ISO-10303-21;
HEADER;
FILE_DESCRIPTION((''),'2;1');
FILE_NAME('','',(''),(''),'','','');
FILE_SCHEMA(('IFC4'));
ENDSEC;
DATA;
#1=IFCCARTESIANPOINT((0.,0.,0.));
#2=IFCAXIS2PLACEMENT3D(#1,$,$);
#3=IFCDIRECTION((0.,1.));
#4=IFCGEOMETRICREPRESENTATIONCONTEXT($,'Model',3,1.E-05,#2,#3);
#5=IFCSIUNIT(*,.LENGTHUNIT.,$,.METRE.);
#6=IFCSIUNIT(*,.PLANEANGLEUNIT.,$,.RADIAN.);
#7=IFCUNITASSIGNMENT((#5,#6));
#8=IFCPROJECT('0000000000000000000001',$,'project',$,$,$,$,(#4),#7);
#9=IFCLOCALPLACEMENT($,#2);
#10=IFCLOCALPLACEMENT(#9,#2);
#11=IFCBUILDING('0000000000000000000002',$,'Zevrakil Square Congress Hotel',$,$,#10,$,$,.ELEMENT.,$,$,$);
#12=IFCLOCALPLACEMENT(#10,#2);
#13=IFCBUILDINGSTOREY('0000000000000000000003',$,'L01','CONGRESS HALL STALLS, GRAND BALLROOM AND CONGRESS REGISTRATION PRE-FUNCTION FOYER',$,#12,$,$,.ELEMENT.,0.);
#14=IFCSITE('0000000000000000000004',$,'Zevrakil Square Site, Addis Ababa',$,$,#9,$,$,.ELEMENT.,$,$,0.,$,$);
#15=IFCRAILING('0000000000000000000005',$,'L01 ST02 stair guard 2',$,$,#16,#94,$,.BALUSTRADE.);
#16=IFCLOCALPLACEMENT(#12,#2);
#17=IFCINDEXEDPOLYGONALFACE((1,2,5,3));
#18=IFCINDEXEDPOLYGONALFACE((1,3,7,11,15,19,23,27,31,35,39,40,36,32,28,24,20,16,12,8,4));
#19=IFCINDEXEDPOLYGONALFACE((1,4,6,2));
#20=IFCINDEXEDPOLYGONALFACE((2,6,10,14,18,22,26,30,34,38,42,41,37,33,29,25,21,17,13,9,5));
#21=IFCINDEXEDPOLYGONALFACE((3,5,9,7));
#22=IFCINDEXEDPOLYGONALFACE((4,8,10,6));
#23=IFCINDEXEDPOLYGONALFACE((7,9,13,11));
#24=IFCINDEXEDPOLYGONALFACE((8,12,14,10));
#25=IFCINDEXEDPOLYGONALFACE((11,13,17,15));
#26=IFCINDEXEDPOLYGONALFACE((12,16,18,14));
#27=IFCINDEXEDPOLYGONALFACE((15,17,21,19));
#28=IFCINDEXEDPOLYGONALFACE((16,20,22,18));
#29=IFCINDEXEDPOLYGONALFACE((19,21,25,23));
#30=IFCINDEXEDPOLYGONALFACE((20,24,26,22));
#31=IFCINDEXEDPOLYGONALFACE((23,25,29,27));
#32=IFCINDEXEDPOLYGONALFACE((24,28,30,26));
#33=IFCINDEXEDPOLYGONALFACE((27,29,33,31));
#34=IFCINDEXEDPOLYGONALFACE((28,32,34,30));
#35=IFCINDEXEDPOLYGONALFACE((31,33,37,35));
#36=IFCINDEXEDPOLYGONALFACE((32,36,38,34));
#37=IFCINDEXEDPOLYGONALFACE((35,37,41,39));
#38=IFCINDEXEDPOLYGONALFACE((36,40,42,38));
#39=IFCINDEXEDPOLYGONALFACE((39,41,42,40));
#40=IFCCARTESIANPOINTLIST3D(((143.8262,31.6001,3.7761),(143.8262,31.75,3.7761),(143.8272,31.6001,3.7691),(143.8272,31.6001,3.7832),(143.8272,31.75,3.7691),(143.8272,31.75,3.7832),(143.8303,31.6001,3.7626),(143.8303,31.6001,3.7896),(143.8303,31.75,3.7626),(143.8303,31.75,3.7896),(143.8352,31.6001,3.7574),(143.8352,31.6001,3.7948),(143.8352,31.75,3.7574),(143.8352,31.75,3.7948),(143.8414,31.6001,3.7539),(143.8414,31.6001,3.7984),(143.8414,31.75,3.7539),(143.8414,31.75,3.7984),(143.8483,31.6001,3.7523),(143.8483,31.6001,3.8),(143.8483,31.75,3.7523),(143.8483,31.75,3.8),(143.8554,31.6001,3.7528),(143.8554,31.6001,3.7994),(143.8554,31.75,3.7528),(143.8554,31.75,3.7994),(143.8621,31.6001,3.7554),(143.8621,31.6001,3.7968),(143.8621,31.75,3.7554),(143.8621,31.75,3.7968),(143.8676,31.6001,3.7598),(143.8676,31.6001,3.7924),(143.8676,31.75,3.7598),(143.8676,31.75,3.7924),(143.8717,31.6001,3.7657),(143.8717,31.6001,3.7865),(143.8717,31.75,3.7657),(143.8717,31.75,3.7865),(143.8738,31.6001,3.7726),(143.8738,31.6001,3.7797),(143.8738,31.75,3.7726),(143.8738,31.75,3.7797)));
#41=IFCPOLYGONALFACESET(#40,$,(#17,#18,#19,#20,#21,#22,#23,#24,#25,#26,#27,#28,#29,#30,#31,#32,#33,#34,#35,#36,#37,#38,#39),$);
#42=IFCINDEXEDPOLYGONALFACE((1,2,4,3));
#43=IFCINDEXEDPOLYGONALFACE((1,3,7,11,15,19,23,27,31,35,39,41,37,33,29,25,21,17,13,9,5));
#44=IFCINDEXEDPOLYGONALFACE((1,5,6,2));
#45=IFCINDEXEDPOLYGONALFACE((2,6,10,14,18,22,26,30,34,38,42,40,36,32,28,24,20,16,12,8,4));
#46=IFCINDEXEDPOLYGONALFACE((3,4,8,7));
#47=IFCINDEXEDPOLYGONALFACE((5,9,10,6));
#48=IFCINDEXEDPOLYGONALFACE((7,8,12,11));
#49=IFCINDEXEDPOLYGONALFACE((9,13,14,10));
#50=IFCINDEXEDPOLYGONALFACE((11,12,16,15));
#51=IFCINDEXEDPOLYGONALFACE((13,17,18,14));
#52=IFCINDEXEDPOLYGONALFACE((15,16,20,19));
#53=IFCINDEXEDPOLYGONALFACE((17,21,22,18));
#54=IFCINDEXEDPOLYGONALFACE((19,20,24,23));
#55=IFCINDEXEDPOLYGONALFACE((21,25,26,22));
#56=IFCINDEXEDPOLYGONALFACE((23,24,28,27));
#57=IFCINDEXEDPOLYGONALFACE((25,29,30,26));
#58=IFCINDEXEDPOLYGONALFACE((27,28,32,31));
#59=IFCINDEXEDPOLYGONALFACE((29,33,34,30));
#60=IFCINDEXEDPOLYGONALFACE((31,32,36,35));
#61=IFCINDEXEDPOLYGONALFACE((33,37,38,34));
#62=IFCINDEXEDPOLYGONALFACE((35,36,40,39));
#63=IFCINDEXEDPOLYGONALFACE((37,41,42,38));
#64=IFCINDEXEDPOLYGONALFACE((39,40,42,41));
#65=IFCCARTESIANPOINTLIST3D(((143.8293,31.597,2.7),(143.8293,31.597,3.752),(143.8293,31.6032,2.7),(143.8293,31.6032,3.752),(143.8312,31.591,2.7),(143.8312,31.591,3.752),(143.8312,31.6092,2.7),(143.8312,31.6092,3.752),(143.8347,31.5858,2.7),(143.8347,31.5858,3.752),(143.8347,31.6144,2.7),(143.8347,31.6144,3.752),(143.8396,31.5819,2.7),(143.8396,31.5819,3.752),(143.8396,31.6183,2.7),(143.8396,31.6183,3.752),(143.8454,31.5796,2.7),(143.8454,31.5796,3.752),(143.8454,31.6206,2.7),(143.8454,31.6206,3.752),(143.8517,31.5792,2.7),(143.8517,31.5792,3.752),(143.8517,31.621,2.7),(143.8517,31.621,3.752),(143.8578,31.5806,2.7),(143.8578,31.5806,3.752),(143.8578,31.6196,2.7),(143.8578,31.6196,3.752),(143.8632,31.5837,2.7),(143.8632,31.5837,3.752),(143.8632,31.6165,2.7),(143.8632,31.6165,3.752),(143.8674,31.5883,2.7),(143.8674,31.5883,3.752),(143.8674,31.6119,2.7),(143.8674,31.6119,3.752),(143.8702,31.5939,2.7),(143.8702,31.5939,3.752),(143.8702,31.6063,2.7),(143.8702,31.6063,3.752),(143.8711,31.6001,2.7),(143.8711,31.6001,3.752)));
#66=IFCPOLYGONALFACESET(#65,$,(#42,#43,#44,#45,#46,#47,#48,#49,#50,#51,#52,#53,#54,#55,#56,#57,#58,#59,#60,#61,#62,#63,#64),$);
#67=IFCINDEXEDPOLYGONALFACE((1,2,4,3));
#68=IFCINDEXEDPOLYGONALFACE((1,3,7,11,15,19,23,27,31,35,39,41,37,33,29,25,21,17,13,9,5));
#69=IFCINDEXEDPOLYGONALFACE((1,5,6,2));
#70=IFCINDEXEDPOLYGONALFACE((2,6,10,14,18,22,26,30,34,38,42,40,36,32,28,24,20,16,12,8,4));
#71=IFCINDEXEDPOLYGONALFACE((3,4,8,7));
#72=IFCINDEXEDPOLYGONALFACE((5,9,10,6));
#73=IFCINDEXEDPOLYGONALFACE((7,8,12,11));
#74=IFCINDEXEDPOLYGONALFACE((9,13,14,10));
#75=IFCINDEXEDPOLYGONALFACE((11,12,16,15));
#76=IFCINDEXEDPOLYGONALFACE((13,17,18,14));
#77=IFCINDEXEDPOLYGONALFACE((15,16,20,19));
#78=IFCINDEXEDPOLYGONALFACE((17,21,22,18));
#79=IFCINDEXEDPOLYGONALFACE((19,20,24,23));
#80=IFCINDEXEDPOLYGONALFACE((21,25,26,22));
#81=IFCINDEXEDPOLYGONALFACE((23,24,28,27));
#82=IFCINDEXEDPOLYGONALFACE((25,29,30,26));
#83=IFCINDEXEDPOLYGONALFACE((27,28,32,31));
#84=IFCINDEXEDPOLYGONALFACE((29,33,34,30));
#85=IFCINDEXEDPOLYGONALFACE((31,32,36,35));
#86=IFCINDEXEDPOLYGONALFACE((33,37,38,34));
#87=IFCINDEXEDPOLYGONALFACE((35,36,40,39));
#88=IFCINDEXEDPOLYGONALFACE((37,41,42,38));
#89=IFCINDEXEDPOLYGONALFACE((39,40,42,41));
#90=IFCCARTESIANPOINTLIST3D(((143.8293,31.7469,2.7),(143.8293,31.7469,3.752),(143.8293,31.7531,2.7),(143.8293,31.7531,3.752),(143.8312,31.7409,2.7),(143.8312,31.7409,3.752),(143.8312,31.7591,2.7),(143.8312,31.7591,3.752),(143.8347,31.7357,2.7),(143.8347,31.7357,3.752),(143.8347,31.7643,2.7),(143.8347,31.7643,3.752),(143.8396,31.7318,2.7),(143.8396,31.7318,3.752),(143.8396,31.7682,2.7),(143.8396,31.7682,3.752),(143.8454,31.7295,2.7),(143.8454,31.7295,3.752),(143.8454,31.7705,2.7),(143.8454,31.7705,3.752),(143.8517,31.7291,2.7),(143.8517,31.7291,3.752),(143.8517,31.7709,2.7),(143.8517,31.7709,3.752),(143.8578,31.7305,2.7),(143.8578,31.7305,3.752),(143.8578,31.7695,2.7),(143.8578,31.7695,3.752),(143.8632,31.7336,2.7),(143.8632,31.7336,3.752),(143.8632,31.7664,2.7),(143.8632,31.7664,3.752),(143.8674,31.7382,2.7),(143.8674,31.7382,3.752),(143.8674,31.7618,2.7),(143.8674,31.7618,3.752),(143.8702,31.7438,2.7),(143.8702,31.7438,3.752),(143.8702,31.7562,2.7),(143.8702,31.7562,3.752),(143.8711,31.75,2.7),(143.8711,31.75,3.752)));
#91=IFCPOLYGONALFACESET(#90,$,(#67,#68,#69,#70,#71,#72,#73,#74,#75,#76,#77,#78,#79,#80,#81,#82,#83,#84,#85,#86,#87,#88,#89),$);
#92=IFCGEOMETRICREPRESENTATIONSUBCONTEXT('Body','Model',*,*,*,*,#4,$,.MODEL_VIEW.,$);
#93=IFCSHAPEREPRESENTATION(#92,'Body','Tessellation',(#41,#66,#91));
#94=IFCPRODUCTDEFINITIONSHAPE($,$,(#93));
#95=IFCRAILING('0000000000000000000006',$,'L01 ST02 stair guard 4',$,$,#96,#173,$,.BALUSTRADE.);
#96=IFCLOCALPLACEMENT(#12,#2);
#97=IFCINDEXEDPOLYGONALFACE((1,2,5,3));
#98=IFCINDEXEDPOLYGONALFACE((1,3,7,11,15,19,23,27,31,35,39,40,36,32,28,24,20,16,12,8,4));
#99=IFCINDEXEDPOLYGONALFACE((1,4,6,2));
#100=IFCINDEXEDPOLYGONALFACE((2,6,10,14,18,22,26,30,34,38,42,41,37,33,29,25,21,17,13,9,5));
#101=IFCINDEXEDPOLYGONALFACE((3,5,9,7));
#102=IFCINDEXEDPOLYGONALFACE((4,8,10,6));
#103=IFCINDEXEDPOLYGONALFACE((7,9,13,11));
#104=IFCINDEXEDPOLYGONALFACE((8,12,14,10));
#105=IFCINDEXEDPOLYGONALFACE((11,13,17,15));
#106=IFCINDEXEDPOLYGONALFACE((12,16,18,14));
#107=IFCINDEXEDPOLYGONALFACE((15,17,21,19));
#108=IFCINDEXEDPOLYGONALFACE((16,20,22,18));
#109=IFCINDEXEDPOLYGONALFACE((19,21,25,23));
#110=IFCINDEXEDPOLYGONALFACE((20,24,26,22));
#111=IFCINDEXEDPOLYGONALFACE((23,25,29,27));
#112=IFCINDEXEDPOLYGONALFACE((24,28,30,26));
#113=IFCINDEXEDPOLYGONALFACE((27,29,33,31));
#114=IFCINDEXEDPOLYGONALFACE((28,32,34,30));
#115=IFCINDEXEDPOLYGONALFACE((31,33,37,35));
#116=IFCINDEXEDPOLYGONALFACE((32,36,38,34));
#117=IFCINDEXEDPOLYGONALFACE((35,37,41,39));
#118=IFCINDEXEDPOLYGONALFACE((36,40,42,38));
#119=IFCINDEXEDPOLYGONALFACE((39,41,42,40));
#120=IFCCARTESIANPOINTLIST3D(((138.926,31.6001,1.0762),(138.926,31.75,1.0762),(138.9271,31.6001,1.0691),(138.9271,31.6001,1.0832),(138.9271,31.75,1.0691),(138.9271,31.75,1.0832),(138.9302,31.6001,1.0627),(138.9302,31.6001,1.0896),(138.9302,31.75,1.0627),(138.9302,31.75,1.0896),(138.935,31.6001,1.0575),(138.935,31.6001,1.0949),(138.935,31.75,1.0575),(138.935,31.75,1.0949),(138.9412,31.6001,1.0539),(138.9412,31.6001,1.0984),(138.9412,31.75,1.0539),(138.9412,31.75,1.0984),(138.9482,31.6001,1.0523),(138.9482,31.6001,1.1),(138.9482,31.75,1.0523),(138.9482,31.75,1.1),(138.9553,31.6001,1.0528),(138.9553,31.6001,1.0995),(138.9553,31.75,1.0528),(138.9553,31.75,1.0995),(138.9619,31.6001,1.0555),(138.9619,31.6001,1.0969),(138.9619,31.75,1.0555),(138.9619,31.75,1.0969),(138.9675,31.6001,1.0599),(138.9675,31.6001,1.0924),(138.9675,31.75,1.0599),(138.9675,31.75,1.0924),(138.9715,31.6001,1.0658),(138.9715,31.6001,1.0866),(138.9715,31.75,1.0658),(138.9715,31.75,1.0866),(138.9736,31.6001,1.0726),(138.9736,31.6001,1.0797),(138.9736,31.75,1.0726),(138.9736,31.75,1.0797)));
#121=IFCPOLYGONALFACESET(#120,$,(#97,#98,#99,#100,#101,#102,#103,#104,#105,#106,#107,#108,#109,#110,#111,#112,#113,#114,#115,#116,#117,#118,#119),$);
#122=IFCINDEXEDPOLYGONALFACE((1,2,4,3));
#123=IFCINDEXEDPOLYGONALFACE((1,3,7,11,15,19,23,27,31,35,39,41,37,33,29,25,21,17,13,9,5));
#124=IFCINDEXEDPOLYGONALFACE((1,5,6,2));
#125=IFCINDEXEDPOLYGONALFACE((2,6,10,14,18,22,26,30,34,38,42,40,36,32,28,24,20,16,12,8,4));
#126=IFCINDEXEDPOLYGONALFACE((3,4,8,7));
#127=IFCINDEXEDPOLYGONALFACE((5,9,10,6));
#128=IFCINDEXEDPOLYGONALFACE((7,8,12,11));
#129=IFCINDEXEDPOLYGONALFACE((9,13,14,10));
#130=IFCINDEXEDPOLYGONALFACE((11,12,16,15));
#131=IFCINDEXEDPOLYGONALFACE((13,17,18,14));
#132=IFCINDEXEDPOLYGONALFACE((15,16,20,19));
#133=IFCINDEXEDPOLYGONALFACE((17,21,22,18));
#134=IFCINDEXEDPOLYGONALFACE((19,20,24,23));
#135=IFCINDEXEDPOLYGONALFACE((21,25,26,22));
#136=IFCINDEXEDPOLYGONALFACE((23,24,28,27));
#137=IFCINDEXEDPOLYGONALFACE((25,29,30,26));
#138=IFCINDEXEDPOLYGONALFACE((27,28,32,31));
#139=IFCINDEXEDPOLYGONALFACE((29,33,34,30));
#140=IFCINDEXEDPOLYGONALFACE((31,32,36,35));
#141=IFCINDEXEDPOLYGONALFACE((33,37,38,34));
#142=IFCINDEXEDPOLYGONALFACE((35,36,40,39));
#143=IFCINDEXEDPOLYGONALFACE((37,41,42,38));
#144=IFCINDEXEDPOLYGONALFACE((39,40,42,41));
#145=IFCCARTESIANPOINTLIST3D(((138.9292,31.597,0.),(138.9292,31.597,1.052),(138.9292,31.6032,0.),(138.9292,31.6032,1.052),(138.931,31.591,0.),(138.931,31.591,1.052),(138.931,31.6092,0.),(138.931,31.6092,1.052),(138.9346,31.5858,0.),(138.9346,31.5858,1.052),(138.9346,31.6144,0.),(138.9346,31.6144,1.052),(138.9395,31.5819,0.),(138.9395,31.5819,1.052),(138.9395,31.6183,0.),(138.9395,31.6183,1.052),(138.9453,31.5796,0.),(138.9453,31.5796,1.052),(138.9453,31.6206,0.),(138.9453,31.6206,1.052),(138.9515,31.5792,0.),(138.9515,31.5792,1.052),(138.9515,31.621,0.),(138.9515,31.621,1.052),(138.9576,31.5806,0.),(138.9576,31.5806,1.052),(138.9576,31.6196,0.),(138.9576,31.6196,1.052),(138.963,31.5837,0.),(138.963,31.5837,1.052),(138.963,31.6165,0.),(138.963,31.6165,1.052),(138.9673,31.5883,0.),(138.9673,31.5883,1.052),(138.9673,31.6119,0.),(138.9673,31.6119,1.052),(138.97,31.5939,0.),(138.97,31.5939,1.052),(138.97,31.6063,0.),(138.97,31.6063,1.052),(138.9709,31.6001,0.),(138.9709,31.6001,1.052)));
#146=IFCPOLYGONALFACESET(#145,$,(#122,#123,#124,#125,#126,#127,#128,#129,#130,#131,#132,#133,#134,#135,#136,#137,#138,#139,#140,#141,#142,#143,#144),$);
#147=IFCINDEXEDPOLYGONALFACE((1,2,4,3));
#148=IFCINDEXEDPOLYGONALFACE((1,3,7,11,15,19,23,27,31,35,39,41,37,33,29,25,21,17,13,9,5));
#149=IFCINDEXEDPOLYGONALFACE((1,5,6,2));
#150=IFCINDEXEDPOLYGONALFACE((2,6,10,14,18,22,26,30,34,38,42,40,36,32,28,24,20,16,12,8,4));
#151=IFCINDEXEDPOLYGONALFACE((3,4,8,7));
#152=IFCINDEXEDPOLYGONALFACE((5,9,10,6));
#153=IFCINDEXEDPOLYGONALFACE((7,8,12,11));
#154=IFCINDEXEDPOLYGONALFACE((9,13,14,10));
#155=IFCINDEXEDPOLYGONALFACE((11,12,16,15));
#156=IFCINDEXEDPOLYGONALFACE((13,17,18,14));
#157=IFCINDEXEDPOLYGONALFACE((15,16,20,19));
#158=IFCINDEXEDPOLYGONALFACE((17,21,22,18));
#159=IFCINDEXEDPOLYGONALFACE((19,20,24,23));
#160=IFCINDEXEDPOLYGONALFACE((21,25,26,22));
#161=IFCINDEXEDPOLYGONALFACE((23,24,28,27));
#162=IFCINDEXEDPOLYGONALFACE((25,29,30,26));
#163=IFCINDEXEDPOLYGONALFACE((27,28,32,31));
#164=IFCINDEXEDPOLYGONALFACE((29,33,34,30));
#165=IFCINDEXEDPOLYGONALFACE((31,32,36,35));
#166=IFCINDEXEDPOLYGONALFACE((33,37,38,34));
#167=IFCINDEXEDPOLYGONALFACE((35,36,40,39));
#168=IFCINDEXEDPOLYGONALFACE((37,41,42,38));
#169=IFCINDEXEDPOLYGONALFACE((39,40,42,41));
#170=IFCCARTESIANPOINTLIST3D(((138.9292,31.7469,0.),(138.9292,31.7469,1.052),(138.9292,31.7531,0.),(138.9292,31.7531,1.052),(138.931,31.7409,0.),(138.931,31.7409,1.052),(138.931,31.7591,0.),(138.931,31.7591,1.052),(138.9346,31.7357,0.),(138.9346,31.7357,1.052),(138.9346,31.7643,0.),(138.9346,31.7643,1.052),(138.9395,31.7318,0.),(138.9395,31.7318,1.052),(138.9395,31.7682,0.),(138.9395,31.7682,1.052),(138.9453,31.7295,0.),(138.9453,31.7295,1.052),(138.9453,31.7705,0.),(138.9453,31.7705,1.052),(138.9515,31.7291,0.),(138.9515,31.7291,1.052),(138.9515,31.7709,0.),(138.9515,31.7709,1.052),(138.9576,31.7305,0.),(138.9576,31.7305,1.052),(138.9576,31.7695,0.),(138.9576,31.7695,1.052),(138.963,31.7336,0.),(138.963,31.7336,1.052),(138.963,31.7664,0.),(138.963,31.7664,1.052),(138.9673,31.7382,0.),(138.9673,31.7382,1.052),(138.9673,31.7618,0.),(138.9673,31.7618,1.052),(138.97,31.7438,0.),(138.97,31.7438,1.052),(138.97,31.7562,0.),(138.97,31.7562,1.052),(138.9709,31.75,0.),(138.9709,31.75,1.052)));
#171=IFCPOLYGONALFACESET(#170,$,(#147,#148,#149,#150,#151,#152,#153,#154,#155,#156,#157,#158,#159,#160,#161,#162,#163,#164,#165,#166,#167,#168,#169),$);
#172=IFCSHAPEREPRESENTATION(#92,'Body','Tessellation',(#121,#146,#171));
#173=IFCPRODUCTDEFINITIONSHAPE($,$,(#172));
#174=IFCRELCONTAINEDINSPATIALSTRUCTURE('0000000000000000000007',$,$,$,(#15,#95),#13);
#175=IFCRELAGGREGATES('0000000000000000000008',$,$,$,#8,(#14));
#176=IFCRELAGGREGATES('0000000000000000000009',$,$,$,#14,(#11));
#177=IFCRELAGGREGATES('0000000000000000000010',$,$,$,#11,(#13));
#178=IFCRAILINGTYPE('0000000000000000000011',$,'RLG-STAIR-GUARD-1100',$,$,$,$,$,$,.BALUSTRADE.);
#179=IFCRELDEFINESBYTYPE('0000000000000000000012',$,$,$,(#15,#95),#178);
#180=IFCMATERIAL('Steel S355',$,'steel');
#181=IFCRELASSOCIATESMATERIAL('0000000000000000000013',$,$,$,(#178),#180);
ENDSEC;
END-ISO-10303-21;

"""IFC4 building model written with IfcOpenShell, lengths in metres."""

from ifc_helpers import new_model, si_unit, direction, frame, origin, origin_2d, place, context, subcontext, project, spatial, circle, extrude, material, type_object, element, save


model = new_model("IFC4")

# Units and contexts
model_context = context("Model", 3, precision=1e-05, world=origin(), true_north=direction((0.0, 1.0)))
body_context = subcontext(model_context, "Body", "Model", "MODEL_VIEW")
ifc_project = project(units=[si_unit("LENGTHUNIT", "METRE"), si_unit("PLANEANGLEUNIT", "RADIAN")], contexts=[model_context])

# Site, building, storey
site_placement = place(None, origin())
site = spatial("IfcSite", under=ifc_project, at=site_placement, Name="Zevrakil Square Site, Addis Ababa", CompositionType="ELEMENT", RefElevation=0.0)
building_placement = place(site_placement, origin())
building = spatial("IfcBuilding", under=site, at=building_placement, Name="Zevrakil Square Congress Hotel", CompositionType="ELEMENT")
storey_placement = place(building_placement, origin())
storey = spatial("IfcBuildingStorey", under=building, at=storey_placement, Name="L01", Description="CONGRESS HALL STALLS, GRAND BALLROOM AND CONGRESS REGISTRATION PRE-FUNCTION FOYER", CompositionType="ELEMENT", Elevation=0.0)

# Railings
ifc_material_1 = material(Name="Steel S355", Category="steel")
railing_type_1 = type_object("IfcRailingType", Name="RLG-STAIR-GUARD-1100", PredefinedType="BALUSTRADE", material=ifc_material_1)
for number, where, name in (
    (1, (143.8501, 31.6001, 2.7), "L01 ST02 stair guard 2"),
    (2, (138.95, 31.6001, 0.0), "L01 ST02 stair guard 4"),
):
    element("IfcRailing", number, at=place(storey_placement, frame(where)), inside=storey, type_object=railing_type_1, Name=name, PredefinedType="BALUSTRADE", context=body_context, shape_type="SweptSolid", body=[
        extrude(circle(Radius=0.0239, at=origin_2d()), frame((0.0, 0.0, 1.0762), z_axis=(0.0, 1.0, 0.0), x_axis=(-1.0, 0.0, 0.0)), (0.0, 0.0, 1.0), 0.1499),
        extrude(circle(Radius=0.021, at=origin_2d()), origin(), (0.0, 0.0, 1.0), 1.052),
        extrude(circle(Radius=0.021, at=origin_2d()), frame((0.0, 0.1499, 0.0)), (0.0, 0.0, 1.0), 1.052),
    ])

save(model, "model.ifc")
